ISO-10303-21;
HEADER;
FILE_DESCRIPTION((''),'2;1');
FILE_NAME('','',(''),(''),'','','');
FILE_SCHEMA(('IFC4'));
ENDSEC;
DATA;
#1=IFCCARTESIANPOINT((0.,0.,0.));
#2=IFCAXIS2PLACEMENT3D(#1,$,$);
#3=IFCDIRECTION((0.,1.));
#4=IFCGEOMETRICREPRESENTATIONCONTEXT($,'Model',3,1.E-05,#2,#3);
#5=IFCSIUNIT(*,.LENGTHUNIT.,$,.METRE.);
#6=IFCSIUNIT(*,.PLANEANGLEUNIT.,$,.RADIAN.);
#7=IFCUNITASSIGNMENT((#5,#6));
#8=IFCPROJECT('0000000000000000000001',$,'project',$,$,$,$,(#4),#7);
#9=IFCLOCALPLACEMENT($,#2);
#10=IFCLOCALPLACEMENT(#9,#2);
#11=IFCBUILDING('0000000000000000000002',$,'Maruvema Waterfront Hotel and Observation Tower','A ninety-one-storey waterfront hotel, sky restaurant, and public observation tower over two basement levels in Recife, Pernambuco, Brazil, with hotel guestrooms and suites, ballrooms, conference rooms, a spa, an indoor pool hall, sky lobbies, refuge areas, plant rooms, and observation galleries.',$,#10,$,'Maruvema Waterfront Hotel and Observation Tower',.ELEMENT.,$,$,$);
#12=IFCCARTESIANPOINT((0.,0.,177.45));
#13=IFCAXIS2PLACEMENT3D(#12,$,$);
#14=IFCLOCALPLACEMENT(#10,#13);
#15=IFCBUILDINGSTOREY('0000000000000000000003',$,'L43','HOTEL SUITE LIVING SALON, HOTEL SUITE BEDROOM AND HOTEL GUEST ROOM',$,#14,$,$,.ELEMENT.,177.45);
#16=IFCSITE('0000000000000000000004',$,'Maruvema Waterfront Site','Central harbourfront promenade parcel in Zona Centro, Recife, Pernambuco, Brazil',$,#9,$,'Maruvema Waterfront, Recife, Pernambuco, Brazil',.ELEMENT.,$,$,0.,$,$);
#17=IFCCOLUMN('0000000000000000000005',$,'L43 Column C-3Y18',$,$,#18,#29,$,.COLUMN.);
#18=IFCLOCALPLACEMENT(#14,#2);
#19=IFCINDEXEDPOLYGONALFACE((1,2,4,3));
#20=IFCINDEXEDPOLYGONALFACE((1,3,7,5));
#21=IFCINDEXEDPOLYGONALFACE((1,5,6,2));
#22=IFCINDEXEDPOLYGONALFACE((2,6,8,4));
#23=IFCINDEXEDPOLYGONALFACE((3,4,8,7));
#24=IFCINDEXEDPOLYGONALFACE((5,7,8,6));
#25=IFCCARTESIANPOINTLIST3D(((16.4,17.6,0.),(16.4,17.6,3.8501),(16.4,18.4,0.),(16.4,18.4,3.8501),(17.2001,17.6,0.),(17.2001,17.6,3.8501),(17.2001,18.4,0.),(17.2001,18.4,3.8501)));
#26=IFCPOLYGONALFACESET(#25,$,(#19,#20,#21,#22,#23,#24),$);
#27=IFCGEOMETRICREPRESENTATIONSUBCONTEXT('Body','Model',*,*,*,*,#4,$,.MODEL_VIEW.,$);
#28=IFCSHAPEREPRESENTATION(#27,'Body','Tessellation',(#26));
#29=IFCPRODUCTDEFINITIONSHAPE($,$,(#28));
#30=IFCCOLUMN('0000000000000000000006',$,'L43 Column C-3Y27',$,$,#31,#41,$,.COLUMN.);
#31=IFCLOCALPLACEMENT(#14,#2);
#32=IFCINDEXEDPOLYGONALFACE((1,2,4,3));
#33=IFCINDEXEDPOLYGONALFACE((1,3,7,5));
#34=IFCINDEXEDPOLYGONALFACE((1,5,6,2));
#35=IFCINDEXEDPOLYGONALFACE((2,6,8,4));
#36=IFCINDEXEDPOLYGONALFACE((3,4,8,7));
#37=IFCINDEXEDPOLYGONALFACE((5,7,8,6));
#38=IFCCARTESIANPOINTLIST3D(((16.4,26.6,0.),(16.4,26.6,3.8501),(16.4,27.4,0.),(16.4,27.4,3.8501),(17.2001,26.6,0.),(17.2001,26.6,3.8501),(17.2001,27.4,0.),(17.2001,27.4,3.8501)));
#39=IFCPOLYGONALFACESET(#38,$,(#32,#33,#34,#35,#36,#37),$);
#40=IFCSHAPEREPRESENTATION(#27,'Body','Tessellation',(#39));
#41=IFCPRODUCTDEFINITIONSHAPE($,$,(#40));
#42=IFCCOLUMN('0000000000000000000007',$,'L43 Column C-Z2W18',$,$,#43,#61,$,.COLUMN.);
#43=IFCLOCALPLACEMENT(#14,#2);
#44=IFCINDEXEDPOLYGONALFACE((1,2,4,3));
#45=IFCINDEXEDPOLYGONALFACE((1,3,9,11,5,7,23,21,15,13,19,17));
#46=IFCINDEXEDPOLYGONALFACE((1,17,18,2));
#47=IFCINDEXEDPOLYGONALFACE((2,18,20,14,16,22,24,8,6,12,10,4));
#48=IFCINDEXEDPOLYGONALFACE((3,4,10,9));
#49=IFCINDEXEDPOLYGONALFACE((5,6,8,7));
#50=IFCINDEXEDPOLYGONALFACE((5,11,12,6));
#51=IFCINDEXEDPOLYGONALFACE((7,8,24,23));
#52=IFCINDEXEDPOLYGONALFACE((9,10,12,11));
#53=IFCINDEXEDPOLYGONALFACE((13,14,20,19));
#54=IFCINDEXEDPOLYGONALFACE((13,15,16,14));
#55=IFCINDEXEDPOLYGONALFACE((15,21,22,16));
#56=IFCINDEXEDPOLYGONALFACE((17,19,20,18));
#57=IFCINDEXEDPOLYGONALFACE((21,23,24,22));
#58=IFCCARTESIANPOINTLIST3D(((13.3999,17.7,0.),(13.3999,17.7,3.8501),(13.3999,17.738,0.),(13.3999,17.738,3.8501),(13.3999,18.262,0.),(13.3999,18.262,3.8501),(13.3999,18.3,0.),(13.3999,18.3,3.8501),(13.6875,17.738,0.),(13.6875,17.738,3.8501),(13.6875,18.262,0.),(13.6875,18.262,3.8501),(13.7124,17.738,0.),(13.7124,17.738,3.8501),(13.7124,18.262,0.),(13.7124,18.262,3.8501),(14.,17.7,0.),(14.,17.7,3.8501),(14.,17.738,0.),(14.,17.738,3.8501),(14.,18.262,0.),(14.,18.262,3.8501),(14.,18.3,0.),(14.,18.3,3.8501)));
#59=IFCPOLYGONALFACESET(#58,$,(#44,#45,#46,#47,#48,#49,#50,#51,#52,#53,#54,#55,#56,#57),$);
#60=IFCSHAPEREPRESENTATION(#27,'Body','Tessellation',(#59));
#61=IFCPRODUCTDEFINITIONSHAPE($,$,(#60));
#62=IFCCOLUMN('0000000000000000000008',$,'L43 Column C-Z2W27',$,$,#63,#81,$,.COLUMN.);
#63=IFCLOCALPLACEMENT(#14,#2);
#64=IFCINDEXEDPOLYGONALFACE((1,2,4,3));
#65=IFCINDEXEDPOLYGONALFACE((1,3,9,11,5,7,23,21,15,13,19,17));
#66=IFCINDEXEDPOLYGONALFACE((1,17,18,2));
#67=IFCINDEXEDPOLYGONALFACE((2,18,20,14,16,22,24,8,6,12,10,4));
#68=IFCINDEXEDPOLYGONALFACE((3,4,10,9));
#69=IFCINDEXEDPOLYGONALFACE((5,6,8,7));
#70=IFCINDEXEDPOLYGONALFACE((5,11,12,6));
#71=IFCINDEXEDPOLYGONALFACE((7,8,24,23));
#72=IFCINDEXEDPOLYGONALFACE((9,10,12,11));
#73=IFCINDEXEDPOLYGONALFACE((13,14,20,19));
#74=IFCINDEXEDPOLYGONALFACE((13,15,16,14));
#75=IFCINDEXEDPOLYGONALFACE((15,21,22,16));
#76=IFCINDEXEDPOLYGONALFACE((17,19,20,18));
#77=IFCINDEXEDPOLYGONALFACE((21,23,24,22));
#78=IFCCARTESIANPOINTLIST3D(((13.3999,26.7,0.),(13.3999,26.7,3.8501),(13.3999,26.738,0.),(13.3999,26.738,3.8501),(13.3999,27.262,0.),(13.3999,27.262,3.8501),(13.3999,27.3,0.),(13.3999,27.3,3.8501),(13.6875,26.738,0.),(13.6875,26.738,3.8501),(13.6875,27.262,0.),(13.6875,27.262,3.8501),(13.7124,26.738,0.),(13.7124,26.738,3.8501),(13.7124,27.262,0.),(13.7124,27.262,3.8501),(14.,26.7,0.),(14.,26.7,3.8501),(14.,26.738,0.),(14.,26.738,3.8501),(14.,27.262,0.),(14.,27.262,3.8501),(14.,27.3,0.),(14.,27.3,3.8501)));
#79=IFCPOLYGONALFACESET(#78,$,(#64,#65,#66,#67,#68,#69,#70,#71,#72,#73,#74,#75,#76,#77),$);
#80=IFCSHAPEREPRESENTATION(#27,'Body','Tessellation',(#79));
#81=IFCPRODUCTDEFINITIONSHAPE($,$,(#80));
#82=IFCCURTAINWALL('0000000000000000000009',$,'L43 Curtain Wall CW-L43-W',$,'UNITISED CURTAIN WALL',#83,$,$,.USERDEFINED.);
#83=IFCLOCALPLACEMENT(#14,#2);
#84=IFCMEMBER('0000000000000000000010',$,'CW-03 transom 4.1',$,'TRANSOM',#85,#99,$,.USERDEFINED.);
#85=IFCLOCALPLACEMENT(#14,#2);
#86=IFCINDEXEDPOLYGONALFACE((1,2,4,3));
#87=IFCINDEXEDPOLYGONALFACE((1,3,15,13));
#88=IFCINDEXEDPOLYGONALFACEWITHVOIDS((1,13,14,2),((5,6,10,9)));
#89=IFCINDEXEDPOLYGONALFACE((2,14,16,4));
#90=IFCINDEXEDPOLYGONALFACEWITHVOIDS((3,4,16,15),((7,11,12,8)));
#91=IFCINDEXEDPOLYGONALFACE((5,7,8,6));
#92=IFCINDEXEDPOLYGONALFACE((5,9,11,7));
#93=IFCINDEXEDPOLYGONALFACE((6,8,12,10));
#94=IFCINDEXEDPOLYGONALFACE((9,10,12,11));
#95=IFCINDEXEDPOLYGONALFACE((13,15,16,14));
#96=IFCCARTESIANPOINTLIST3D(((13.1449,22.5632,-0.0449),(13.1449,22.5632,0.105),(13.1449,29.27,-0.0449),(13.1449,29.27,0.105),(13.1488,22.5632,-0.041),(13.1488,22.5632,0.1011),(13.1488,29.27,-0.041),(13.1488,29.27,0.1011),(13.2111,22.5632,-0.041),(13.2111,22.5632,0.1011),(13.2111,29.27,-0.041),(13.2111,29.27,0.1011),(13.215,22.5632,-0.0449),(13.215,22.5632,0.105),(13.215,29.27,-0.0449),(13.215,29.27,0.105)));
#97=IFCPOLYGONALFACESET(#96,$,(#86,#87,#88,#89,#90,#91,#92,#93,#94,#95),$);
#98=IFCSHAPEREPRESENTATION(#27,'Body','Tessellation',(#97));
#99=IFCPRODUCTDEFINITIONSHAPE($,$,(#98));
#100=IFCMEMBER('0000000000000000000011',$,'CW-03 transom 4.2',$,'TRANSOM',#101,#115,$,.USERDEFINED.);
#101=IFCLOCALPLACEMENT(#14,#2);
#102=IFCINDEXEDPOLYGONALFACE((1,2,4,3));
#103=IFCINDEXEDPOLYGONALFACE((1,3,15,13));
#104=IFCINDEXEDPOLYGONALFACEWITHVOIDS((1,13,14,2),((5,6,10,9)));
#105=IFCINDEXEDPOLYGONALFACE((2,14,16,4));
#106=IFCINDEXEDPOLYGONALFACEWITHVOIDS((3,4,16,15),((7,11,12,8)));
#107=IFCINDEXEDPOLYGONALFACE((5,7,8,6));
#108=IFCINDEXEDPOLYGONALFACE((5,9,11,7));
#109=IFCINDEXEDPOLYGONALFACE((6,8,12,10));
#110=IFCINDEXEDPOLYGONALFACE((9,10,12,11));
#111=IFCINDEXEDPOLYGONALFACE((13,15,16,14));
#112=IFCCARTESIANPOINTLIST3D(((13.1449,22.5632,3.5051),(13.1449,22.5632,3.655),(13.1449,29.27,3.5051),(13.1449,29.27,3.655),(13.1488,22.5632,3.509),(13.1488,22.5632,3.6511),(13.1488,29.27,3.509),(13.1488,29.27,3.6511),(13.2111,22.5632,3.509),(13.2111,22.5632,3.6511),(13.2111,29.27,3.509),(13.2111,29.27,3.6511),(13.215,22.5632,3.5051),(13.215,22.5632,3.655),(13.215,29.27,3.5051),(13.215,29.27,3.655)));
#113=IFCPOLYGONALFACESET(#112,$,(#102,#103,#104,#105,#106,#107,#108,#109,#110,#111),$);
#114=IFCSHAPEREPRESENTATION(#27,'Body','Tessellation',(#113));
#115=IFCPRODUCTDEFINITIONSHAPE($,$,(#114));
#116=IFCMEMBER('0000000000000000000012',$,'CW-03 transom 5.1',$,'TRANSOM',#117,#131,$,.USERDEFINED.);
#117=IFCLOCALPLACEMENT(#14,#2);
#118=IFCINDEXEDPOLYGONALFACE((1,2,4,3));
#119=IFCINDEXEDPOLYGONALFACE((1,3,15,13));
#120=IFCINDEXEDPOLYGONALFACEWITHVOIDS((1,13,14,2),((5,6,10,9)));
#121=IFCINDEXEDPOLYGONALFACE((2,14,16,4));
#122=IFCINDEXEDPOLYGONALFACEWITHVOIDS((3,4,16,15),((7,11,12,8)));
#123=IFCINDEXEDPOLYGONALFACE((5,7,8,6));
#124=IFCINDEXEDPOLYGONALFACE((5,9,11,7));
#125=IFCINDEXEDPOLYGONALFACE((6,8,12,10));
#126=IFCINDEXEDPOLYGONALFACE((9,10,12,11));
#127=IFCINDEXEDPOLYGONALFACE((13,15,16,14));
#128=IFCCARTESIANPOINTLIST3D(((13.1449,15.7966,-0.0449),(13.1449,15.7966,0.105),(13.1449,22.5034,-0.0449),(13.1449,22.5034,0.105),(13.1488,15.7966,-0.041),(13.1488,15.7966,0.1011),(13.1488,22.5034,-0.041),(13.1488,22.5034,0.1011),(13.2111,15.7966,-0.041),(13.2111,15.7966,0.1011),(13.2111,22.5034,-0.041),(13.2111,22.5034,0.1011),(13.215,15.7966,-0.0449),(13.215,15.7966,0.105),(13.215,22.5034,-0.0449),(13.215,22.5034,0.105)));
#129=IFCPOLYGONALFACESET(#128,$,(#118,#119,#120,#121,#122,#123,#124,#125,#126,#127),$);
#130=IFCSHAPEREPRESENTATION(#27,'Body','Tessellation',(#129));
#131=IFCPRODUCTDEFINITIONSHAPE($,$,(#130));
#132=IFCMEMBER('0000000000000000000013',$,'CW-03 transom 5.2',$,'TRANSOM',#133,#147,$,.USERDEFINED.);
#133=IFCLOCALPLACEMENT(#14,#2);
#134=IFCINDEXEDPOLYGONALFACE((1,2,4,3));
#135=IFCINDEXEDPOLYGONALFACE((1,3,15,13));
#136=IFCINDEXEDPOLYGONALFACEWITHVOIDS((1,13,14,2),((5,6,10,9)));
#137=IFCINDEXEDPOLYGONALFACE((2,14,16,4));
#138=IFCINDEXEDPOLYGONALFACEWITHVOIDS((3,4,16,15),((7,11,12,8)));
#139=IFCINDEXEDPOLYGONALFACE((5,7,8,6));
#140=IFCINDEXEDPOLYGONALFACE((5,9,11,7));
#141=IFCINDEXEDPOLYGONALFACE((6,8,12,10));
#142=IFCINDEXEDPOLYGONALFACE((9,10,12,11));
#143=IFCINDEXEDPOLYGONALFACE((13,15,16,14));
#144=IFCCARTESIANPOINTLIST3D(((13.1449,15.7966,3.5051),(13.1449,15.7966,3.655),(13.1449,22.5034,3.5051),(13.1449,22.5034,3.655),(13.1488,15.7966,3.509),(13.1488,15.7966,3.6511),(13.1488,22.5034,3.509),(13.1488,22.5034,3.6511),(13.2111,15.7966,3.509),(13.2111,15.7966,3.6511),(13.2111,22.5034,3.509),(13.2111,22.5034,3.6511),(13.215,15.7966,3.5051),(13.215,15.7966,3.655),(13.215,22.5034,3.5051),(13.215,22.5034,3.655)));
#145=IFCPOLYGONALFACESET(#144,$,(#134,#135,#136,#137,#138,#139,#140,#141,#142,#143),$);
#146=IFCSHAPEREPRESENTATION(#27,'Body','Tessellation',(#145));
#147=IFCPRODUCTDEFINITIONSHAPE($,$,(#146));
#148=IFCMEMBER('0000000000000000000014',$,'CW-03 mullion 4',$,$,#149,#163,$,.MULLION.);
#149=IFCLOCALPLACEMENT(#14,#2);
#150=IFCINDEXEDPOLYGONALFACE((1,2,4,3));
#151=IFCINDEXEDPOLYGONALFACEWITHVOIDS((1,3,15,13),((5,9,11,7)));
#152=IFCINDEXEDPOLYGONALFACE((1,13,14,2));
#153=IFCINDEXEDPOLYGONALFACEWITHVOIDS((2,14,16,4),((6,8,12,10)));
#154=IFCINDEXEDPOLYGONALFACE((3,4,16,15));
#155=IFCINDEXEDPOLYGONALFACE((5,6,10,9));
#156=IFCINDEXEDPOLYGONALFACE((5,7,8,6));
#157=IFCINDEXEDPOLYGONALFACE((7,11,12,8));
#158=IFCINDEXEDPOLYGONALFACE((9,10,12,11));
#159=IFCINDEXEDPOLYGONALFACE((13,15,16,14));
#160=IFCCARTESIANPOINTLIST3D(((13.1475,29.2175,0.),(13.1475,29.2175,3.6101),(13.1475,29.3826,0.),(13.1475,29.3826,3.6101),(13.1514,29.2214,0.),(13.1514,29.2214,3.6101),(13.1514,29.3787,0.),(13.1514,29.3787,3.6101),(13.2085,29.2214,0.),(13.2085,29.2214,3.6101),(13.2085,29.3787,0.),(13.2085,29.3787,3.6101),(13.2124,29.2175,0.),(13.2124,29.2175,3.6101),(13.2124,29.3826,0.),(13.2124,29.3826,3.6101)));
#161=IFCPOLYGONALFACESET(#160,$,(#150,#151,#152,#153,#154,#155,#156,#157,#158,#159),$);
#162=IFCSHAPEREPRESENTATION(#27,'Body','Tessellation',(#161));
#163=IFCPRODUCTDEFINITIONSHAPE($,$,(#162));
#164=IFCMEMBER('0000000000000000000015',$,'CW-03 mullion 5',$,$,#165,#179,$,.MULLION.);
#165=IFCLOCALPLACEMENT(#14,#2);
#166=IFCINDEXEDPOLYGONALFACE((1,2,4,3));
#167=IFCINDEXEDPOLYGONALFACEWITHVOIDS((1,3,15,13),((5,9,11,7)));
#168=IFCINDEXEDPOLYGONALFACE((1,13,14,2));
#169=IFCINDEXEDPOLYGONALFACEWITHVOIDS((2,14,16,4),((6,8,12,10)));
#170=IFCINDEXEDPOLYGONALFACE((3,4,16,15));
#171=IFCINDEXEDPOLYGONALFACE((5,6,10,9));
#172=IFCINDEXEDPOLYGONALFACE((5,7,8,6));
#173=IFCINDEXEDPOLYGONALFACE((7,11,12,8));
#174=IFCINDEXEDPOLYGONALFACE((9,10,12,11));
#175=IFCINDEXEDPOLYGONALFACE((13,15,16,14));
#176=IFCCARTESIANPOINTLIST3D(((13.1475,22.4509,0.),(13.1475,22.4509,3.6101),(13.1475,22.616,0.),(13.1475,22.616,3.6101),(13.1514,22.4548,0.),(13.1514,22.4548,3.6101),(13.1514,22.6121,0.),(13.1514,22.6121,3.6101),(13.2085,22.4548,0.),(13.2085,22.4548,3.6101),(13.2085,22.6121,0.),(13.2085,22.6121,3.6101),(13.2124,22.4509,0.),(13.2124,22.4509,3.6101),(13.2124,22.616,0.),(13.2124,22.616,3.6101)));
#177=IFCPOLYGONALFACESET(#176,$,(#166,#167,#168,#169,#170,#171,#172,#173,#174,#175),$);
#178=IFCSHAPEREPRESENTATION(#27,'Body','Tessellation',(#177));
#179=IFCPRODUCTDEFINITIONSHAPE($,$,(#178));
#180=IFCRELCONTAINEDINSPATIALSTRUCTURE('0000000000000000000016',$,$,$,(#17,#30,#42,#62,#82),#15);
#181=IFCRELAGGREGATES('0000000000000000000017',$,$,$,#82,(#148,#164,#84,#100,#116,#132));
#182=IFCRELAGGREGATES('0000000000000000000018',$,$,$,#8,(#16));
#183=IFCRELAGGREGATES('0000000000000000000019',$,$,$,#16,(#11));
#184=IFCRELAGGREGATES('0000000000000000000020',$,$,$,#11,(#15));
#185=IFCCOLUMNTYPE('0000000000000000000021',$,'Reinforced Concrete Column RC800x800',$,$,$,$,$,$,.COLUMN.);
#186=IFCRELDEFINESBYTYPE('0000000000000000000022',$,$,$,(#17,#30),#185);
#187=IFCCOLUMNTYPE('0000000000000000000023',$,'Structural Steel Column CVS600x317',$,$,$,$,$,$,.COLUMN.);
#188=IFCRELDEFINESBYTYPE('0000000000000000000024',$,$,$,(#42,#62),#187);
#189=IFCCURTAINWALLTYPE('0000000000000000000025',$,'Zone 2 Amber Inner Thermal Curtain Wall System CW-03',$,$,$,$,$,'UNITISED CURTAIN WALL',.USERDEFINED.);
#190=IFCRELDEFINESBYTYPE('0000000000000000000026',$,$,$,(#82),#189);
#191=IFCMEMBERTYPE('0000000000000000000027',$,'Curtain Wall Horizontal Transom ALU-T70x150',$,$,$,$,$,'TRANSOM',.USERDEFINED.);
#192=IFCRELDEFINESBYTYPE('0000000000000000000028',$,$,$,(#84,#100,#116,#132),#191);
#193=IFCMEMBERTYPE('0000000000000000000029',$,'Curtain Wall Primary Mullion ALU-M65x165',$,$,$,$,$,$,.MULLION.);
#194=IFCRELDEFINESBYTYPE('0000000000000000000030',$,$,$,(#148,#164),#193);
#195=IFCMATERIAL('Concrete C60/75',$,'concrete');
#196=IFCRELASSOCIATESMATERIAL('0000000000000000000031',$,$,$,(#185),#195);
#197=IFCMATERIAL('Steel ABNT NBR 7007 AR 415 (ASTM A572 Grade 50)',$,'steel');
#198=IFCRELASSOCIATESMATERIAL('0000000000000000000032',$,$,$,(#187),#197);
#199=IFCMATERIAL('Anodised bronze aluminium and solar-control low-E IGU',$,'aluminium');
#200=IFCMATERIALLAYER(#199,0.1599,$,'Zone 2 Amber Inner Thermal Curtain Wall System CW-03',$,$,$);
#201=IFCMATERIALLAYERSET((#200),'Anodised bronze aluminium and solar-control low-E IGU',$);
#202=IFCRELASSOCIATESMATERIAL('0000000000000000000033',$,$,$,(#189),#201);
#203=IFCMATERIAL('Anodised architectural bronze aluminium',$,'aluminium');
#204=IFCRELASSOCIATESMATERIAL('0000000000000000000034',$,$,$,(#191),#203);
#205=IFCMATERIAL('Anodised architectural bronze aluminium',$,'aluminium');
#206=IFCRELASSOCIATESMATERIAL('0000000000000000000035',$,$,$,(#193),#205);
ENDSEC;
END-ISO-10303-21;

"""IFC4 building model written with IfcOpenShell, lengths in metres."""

from ifc_helpers import new_model, si_unit, direction, frame, origin, origin_2d, place, context, subcontext, project, spatial, rectangle, hollow_rectangle, i_section, extrude, material, layer, layer_set, material_profile, profile_set, type_object, element, aggregate, save


model = new_model("IFC4")

# Units and contexts
model_context = context("Model", 3, precision=1e-05, world=origin(), true_north=direction((0.0, 1.0)))
body_context = subcontext(model_context, "Body", "Model", "MODEL_VIEW")
ifc_project = project(units=[si_unit("LENGTHUNIT", "METRE"), si_unit("PLANEANGLEUNIT", "RADIAN")], contexts=[model_context])

# Site, building, storey
site_placement = place(None, origin())
site = spatial("IfcSite", under=ifc_project, at=site_placement, Name="Maruvema Waterfront Site", Description="Central harbourfront promenade parcel in Zona Centro, Recife, Pernambuco, Brazil", LongName="Maruvema Waterfront, Recife, Pernambuco, Brazil", CompositionType="ELEMENT", RefElevation=0.0)
building_placement = place(site_placement, origin())
building = spatial("IfcBuilding", under=site, at=building_placement, Name="Maruvema Waterfront Hotel and Observation Tower", Description="A ninety-one-storey waterfront hotel, sky restaurant, and public observation tower over two basement levels in Recife, Pernambuco, Brazil, with hotel guestrooms and suites, ballrooms, conference rooms, a spa, an indoor pool hall, sky lobbies, refuge areas, plant rooms, and observation galleries.", LongName="Maruvema Waterfront Hotel and Observation Tower", CompositionType="ELEMENT")
storey_placement = place(building_placement, frame((0.0, 0.0, 177.45)))
storey = spatial("IfcBuildingStorey", under=building, at=storey_placement, Name="L43", Description="HOTEL SUITE LIVING SALON, HOTEL SUITE BEDROOM AND HOTEL GUEST ROOM", CompositionType="ELEMENT", Elevation=177.45)

# Columns
ifc_material_1 = material(Name="Concrete C60/75", Category="concrete")
ifc_material_profile_1 = material_profile(ifc_material_1, rectangle(XDim=0.8, YDim=0.8, at=origin_2d()), Name="RC800x800")
ifc_profile_set_1 = profile_set([ifc_material_profile_1], Name="Concrete C60/75")
column_type_1 = type_object("IfcColumnType", Name="Reinforced Concrete Column RC800x800", PredefinedType="COLUMN", material=ifc_profile_set_1)
for number, where, z_axis, x_axis, name in (
    (1, (16.8, 18.0, 0.0), (0.0, 0.0, 1.0), (1.0, 0.0, 0.0), "L43 Column C-3Y18"),
    (2, (16.8, 27.0, 0.0), (0.0, 0.0, 1.0), (1.0, 0.0, 0.0), "L43 Column C-3Y27"),
):
    element("IfcColumn", number, at=place(storey_placement, frame(where, z_axis=z_axis, x_axis=x_axis)), inside=storey, type_object=column_type_1, Name=name, PredefinedType="COLUMN", context=body_context, shape_type="SweptSolid", body=[
        extrude(rectangle(XDim=0.8, YDim=0.8, at=origin_2d()), origin(), (0.0, 0.0, 1.0), 3.8501),
    ])
ifc_material_2 = material(Name="Steel ABNT NBR 7007 AR 415 (ASTM A572 Grade 50)", Category="steel")
ifc_material_profile_2 = material_profile(ifc_material_2, i_section(OverallWidth=0.6001, OverallDepth=0.6001, WebThickness=0.0249, FlangeThickness=0.0381, at=origin_2d()), Name="CVS600x317")
ifc_profile_set_2 = profile_set([ifc_material_profile_2], Name="Steel ABNT NBR 7007 AR 415 (ASTM A572 Grade 50)")
column_type_2 = type_object("IfcColumnType", Name="Structural Steel Column CVS600x317", PredefinedType="COLUMN", material=ifc_profile_set_2)
for number, where, z_axis, x_axis, name in (
    (3, (13.7, 18.0, 0.0), (0.0, 0.0, 1.0), (1.0, 0.0, 0.0), "L43 Column C-Z2W18"),
    (4, (13.7, 27.0, 0.0), (0.0, 0.0, 1.0), (1.0, 0.0, 0.0), "L43 Column C-Z2W27"),
):
    element("IfcColumn", number, at=place(storey_placement, frame(where, z_axis=z_axis, x_axis=x_axis)), inside=storey, type_object=column_type_2, Name=name, PredefinedType="COLUMN", context=body_context, shape_type="SweptSolid", body=[
        extrude(i_section(OverallWidth=0.6001, OverallDepth=0.6001, WebThickness=0.0249, FlangeThickness=0.0381, at=origin_2d()), origin(), (0.0, 0.0, 1.0), 3.8501),
    ])

# Curtain wall, members
ifc_material_3 = material(Name="Anodised bronze aluminium and solar-control low-E IGU", Category="aluminium")
ifc_layer_1 = layer(ifc_material_3, 0.1599, Name="Zone 2 Amber Inner Thermal Curtain Wall System CW-03")
ifc_layer_set_1 = layer_set([ifc_layer_1], Name="Anodised bronze aluminium and solar-control low-E IGU")
curtain_wall_type = type_object("IfcCurtainWallType", Name="Zone 2 Amber Inner Thermal Curtain Wall System CW-03", ElementType="UNITISED CURTAIN WALL", PredefinedType="USERDEFINED", material=ifc_layer_set_1)
curtain_wall_placement = place(storey_placement, origin())
curtain_wall = element("IfcCurtainWall", 5, at=curtain_wall_placement, inside=storey, type_object=curtain_wall_type, Name="L43 Curtain Wall CW-L43-W", ObjectType="UNITISED CURTAIN WALL", PredefinedType="USERDEFINED")
ifc_material_4 = material(Name="Anodised architectural bronze aluminium", Category="aluminium")
ifc_material_profile_3 = material_profile(ifc_material_4, hollow_rectangle(XDim=0.0701, YDim=0.1499, WallThickness=0.0039, at=origin_2d()), Name="ALU-T70x150")
ifc_profile_set_3 = profile_set([ifc_material_profile_3], Name="Anodised architectural bronze aluminium")
member_type_1 = type_object("IfcMemberType", Name="Curtain Wall Horizontal Transom ALU-T70x150", ElementType="TRANSOM", PredefinedType="USERDEFINED", material=ifc_profile_set_3)
member_1_placement = place(storey_placement, frame((13.1799, 29.27, 0.03), z_axis=(0.0, -1.0, 0.0), x_axis=(1.0, 0.0, 0.0)))
member_1 = element("IfcMember", 6, at=member_1_placement, type_object=member_type_1, Name="CW-03 transom 4.1", ObjectType="TRANSOM", PredefinedType="USERDEFINED", context=body_context, shape_type="SweptSolid", body=[
    extrude(hollow_rectangle(XDim=0.0701, YDim=0.1499, WallThickness=0.0039, at=origin_2d()), origin(), (0.0, 0.0, 1.0), 6.7068),
])
member_2_placement = place(storey_placement, frame((13.1799, 29.27, 3.5801), z_axis=(0.0, -1.0, 0.0), x_axis=(1.0, 0.0, 0.0)))
member_2 = element("IfcMember", 7, at=member_2_placement, type_object=member_type_1, Name="CW-03 transom 4.2", ObjectType="TRANSOM", PredefinedType="USERDEFINED", context=body_context, shape_type="SweptSolid", body=[
    extrude(hollow_rectangle(XDim=0.0701, YDim=0.1499, WallThickness=0.0039, at=origin_2d()), origin(), (0.0, 0.0, 1.0), 6.7068),
])
member_3_placement = place(storey_placement, frame((13.1799, 22.5034, 0.03), z_axis=(0.0, -1.0, 0.0), x_axis=(1.0, 0.0, 0.0)))
member_3 = element("IfcMember", 8, at=member_3_placement, type_object=member_type_1, Name="CW-03 transom 5.1", ObjectType="TRANSOM", PredefinedType="USERDEFINED", context=body_context, shape_type="SweptSolid", body=[
    extrude(hollow_rectangle(XDim=0.0701, YDim=0.1499, WallThickness=0.0039, at=origin_2d()), origin(), (0.0, 0.0, 1.0), 6.7068),
])
member_4_placement = place(storey_placement, frame((13.1799, 22.5034, 3.5801), z_axis=(0.0, -1.0, 0.0), x_axis=(1.0, 0.0, 0.0)))
member_4 = element("IfcMember", 9, at=member_4_placement, type_object=member_type_1, Name="CW-03 transom 5.2", ObjectType="TRANSOM", PredefinedType="USERDEFINED", context=body_context, shape_type="SweptSolid", body=[
    extrude(hollow_rectangle(XDim=0.0701, YDim=0.1499, WallThickness=0.0039, at=origin_2d()), origin(), (0.0, 0.0, 1.0), 6.7068),
])
ifc_material_5 = material(Name="Anodised architectural bronze aluminium", Category="aluminium")
ifc_material_profile_4 = material_profile(ifc_material_5, hollow_rectangle(XDim=0.0649, YDim=0.165, WallThickness=0.0039, at=origin_2d()), Name="ALU-M65x165")
ifc_profile_set_4 = profile_set([ifc_material_profile_4], Name="Anodised architectural bronze aluminium")
member_type_2 = type_object("IfcMemberType", Name="Curtain Wall Primary Mullion ALU-M65x165", PredefinedType="MULLION", material=ifc_profile_set_4)
member_5_placement = place(storey_placement, frame((13.1799, 29.3, 0.0), z_axis=(0.0, 0.0, 1.0), x_axis=(1.0, 0.0, 0.0)))
member_5 = element("IfcMember", 10, at=member_5_placement, type_object=member_type_2, Name="CW-03 mullion 4", PredefinedType="MULLION", context=body_context, shape_type="SweptSolid", body=[
    extrude(hollow_rectangle(XDim=0.0649, YDim=0.165, WallThickness=0.0039, at=origin_2d()), origin(), (0.0, 0.0, 1.0), 3.6101),
])
member_6_placement = place(storey_placement, frame((13.1799, 22.5334, 0.0), z_axis=(0.0, 0.0, 1.0), x_axis=(1.0, 0.0, 0.0)))
member_6 = element("IfcMember", 11, at=member_6_placement, type_object=member_type_2, Name="CW-03 mullion 5", PredefinedType="MULLION", context=body_context, shape_type="SweptSolid", body=[
    extrude(hollow_rectangle(XDim=0.0649, YDim=0.165, WallThickness=0.0039, at=origin_2d()), origin(), (0.0, 0.0, 1.0), 3.6101),
])

aggregate(curtain_wall, [member_5, member_6, member_1, member_2, member_3, member_4])

save(model, "model.ifc")
